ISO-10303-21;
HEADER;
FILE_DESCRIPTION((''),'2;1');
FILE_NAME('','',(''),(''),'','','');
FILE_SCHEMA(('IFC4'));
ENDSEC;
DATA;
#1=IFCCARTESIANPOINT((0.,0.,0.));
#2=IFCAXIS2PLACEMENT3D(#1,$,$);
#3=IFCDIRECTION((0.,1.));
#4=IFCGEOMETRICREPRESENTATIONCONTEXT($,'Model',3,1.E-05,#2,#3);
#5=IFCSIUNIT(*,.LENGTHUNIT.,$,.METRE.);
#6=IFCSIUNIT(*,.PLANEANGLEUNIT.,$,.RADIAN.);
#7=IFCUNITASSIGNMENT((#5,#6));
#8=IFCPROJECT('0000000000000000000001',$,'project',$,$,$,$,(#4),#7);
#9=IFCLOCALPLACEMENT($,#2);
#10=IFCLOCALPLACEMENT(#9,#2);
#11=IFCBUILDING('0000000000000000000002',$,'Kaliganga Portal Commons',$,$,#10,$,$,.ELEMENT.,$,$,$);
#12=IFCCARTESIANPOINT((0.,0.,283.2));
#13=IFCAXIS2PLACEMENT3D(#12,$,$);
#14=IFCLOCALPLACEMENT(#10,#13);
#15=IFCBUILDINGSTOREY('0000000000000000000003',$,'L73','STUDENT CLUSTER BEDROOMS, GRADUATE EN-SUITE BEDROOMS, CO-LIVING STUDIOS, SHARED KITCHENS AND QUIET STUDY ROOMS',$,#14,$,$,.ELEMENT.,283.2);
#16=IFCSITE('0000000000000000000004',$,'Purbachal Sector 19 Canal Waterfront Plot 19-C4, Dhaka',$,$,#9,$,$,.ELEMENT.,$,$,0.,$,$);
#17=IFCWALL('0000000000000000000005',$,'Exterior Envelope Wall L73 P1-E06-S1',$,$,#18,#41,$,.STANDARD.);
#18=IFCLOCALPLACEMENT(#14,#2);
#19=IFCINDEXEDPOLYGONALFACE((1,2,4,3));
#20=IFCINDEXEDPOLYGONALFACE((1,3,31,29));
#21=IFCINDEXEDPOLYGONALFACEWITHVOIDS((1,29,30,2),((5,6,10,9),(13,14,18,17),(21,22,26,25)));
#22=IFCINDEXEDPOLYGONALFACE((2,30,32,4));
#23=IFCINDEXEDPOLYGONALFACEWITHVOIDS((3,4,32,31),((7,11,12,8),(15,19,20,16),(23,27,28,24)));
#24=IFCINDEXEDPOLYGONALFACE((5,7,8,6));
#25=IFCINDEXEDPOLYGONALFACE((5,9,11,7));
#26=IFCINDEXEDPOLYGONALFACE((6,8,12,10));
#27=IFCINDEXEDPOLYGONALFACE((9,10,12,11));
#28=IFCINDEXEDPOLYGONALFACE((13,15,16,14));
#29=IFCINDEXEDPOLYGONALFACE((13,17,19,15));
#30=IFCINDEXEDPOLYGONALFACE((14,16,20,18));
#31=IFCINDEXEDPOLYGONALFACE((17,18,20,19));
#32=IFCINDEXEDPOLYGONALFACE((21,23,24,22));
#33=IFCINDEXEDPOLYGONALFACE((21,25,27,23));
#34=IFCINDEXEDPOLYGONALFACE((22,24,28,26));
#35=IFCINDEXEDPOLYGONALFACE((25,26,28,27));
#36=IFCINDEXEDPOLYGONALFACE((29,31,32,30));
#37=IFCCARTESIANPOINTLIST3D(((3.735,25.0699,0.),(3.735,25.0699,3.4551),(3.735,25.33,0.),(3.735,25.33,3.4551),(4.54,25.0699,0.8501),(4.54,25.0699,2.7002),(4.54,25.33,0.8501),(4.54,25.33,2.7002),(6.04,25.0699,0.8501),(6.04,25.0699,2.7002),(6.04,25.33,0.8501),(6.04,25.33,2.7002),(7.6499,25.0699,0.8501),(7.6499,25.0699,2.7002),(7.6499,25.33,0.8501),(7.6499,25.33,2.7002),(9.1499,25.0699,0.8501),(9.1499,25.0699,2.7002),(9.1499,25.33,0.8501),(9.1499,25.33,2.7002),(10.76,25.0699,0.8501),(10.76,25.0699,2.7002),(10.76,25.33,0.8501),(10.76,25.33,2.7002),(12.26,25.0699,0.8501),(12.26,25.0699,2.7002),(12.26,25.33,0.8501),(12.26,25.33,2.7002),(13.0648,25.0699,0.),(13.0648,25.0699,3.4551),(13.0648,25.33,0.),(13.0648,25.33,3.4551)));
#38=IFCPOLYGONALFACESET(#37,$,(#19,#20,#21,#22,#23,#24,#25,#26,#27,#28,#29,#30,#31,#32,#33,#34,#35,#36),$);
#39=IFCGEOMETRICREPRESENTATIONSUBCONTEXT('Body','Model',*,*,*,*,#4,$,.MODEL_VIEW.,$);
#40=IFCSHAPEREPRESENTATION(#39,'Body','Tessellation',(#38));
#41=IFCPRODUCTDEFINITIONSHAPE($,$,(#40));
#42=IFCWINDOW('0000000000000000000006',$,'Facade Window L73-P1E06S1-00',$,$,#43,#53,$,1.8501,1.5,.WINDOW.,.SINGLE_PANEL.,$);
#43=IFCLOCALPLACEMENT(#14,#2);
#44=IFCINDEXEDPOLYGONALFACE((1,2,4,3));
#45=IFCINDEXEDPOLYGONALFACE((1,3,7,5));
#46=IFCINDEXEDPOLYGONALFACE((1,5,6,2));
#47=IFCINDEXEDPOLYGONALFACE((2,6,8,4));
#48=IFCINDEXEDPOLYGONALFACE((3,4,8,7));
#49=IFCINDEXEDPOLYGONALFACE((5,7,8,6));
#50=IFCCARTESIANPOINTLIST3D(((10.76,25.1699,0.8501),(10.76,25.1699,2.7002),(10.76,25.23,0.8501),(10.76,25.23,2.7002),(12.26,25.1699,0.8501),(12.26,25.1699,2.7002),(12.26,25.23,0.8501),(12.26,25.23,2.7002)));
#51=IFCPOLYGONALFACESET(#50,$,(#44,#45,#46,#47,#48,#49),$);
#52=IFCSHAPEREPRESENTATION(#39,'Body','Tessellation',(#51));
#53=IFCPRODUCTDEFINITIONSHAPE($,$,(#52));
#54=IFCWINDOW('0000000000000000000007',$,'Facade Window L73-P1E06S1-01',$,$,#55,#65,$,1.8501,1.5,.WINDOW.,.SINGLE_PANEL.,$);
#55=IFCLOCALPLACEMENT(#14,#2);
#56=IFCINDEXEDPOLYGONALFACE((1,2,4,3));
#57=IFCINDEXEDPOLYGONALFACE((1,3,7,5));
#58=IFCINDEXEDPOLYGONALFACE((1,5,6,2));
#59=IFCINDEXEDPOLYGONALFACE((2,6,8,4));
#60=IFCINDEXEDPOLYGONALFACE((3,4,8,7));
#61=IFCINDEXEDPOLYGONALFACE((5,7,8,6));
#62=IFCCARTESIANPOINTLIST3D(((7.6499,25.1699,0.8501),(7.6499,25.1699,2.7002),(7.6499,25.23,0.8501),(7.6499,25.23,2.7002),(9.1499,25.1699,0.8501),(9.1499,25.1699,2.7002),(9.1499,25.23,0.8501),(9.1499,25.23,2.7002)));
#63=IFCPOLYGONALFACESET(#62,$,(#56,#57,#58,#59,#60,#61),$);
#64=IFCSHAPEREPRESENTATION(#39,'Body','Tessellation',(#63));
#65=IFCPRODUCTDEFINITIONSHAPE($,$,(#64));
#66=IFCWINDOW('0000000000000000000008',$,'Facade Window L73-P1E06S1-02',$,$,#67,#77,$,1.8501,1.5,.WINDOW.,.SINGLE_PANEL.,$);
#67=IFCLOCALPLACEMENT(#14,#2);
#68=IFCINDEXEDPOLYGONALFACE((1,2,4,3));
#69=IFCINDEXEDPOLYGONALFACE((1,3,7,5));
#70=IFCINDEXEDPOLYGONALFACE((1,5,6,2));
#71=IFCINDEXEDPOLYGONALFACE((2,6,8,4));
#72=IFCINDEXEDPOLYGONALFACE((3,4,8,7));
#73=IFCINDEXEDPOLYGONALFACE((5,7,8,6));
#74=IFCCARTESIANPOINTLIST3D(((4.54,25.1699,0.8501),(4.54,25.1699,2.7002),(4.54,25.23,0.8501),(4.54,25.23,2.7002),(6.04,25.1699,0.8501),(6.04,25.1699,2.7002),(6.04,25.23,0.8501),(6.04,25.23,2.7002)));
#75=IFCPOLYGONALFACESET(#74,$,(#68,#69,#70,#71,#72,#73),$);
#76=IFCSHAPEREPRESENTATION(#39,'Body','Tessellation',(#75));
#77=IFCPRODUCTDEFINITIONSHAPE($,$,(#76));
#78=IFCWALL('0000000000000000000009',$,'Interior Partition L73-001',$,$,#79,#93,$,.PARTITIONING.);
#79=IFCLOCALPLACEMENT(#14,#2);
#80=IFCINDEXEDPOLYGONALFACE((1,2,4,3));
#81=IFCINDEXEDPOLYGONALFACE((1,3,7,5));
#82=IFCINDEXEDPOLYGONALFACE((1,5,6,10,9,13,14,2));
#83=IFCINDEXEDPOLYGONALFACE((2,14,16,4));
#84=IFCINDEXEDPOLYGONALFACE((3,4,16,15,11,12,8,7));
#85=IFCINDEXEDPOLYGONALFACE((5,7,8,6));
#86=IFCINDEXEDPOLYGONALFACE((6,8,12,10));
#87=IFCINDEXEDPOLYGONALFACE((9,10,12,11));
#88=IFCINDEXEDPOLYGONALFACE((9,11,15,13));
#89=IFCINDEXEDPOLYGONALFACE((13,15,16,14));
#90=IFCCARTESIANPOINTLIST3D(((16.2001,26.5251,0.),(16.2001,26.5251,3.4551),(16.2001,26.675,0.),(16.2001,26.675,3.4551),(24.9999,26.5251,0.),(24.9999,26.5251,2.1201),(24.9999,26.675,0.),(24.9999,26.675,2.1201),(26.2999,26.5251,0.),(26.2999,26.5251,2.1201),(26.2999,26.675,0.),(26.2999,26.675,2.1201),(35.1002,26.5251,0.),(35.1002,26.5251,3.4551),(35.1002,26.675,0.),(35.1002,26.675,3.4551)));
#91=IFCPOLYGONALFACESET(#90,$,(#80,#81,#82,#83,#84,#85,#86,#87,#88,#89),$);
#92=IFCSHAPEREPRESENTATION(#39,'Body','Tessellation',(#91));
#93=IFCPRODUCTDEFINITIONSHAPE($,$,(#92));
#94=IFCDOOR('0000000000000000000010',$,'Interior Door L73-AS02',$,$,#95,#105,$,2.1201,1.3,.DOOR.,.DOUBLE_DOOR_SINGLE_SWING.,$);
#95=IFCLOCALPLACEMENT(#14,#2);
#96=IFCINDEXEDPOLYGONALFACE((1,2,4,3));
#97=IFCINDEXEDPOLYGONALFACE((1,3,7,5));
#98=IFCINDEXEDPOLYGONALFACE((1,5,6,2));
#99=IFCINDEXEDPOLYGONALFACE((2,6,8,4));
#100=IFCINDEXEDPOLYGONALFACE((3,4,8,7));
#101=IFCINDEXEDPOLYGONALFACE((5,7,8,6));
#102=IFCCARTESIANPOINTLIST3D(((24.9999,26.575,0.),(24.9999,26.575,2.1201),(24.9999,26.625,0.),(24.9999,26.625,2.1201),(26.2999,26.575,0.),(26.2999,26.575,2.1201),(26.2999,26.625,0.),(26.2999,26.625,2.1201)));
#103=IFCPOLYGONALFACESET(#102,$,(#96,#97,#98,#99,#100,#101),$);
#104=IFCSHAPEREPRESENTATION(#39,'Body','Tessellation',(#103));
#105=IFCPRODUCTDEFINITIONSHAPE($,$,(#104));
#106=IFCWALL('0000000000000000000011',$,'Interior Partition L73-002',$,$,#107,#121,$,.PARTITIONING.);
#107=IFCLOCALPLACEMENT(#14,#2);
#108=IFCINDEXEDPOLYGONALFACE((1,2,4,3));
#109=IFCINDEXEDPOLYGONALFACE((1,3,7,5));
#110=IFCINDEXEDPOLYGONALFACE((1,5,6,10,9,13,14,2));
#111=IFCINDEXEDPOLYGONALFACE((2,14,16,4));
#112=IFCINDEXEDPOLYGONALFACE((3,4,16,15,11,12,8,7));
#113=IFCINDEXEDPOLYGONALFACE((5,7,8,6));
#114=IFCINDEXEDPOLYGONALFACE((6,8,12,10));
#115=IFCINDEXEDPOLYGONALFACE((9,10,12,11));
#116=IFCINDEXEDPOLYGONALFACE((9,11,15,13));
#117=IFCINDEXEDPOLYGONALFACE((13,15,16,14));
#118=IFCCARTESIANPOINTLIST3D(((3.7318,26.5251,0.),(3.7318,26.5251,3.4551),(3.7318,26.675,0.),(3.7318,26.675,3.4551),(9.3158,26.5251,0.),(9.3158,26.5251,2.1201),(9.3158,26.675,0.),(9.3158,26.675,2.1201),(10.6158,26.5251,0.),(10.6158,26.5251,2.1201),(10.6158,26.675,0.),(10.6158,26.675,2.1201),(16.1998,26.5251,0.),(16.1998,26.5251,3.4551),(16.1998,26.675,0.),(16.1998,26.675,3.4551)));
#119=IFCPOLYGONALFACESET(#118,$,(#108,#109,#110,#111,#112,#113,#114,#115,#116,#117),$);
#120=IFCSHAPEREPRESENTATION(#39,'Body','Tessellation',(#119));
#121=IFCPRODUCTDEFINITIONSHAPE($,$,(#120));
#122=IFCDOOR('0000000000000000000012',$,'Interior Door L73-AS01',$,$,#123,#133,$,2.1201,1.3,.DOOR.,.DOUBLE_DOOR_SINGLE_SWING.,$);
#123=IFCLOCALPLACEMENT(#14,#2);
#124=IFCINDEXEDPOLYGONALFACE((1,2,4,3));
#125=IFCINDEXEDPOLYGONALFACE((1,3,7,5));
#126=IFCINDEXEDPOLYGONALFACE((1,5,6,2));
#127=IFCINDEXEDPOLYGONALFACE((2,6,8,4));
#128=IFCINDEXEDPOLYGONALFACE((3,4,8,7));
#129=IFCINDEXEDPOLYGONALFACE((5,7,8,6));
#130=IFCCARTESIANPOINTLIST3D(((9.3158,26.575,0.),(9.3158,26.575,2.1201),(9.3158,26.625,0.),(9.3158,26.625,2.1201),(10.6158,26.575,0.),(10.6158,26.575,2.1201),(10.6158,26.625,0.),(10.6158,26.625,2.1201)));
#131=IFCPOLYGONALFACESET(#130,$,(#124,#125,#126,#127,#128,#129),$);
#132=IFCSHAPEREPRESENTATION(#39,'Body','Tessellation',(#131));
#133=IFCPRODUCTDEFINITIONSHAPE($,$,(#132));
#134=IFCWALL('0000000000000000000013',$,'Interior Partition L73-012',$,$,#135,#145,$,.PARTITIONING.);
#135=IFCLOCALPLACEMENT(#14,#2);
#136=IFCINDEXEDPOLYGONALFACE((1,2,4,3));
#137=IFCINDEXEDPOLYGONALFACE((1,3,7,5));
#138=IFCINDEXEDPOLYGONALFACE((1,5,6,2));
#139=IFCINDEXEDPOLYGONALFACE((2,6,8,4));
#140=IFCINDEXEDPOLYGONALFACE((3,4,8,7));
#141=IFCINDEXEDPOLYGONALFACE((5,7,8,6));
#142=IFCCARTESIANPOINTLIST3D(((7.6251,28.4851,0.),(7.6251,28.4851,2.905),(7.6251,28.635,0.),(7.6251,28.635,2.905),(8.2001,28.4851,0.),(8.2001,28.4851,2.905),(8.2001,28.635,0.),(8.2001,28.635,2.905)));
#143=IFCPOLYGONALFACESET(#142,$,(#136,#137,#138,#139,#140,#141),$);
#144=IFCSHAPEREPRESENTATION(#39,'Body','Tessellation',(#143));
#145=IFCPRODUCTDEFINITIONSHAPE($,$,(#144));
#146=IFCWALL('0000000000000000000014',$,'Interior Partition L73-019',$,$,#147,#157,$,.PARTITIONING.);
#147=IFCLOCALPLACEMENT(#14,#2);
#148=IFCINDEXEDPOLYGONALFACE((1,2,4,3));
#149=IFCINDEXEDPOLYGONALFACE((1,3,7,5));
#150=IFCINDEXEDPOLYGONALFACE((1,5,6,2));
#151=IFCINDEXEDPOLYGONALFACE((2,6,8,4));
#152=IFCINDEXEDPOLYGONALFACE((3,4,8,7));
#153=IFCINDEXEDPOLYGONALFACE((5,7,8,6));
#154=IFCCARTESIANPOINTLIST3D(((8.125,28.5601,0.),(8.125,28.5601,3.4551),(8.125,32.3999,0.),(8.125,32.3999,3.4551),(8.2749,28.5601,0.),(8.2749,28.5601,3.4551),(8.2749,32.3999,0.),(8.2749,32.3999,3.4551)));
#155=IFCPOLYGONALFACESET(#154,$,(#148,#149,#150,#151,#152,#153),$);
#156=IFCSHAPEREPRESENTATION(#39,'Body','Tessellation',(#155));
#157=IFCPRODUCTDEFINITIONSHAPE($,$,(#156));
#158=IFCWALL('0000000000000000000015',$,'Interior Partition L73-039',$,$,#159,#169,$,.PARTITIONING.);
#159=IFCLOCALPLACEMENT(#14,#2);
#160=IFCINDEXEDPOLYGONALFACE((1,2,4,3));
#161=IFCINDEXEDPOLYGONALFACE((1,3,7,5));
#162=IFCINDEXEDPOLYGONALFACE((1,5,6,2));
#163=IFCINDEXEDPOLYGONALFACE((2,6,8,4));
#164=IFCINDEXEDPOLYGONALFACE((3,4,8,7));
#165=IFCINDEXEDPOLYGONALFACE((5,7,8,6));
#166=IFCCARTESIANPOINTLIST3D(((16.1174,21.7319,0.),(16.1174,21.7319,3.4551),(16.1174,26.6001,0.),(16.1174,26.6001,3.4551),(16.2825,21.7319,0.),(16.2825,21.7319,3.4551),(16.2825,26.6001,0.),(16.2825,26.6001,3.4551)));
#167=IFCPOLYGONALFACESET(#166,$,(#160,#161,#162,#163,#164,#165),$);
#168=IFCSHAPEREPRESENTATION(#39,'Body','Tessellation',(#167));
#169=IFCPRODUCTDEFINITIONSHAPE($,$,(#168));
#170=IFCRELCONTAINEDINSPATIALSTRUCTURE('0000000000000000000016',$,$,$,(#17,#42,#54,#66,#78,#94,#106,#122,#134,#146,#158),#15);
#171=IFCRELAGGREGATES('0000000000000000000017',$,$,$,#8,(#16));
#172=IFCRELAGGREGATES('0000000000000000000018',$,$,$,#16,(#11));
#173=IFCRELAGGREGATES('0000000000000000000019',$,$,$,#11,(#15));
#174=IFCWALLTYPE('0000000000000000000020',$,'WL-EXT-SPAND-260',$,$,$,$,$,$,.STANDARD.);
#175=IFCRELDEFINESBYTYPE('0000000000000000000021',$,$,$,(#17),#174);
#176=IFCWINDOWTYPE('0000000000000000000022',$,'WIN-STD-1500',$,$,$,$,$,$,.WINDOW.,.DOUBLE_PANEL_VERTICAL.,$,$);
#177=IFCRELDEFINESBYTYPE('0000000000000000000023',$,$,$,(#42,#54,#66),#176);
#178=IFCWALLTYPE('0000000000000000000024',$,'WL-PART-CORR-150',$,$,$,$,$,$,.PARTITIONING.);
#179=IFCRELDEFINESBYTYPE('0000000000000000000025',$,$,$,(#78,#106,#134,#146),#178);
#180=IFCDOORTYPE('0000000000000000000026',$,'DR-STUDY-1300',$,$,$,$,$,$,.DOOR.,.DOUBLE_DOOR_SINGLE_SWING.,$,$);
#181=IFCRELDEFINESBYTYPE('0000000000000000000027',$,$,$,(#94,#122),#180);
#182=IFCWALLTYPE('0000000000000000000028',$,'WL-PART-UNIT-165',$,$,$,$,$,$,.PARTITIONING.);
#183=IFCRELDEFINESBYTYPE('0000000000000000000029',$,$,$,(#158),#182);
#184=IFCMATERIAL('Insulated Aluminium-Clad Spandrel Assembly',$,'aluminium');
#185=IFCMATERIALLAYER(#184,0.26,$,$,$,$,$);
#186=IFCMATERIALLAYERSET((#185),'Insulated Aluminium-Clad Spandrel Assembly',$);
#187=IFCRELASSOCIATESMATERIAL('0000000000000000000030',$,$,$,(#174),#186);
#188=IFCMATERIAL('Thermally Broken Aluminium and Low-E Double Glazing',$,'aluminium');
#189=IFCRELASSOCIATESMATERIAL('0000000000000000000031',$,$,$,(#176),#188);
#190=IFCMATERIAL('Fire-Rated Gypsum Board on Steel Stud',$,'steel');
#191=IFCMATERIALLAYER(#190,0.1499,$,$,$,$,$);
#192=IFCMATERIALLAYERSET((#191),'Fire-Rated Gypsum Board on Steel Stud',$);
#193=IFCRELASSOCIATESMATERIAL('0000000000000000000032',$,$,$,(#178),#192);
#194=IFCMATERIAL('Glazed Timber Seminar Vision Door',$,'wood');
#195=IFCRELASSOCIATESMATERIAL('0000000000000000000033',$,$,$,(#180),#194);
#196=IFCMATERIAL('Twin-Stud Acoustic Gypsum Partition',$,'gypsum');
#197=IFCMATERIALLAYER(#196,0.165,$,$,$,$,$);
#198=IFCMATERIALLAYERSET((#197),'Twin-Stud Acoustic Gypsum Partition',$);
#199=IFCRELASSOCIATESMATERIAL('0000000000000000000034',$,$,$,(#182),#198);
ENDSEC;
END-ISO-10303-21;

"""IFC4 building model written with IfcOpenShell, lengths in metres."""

from ifc_helpers import new_model, si_unit, direction, frame, frame_2d, origin, place, context, subcontext, project, spatial, rectangle, extrude, material, layer, layer_set, type_object, element, fill, save


model = new_model("IFC4")

# Units and contexts
model_context = context("Model", 3, precision=1e-05, world=origin(), true_north=direction((0.0, 1.0)))
body_context = subcontext(model_context, "Body", "Model", "MODEL_VIEW")
ifc_project = project(units=[si_unit("LENGTHUNIT", "METRE"), si_unit("PLANEANGLEUNIT", "RADIAN")], contexts=[model_context])

# Site, building, storey
site_placement = place(None, origin())
site = spatial("IfcSite", under=ifc_project, at=site_placement, Name="Purbachal Sector 19 Canal Waterfront Plot 19-C4, Dhaka", CompositionType="ELEMENT", RefElevation=0.0)
building_placement = place(site_placement, origin())
building = spatial("IfcBuilding", under=site, at=building_placement, Name="Kaliganga Portal Commons", CompositionType="ELEMENT")
storey_placement = place(building_placement, frame((0.0, 0.0, 283.2)))
storey = spatial("IfcBuildingStorey", under=building, at=storey_placement, Name="L73", Description="STUDENT CLUSTER BEDROOMS, GRADUATE EN-SUITE BEDROOMS, CO-LIVING STUDIOS, SHARED KITCHENS AND QUIET STUDY ROOMS", CompositionType="ELEMENT", Elevation=283.2)

# Shared definitions
ifc_material_1 = material(Name="Insulated Aluminium-Clad Spandrel Assembly", Category="aluminium")
ifc_layer_1 = layer(ifc_material_1, 0.26)
ifc_layer_set_1 = layer_set([ifc_layer_1], Name="Insulated Aluminium-Clad Spandrel Assembly")
wall_type_1 = type_object("IfcWallType", Name="WL-EXT-SPAND-260", PredefinedType="STANDARD", material=ifc_layer_set_1)
ifc_material_2 = material(Name="Thermally Broken Aluminium and Low-E Double Glazing", Category="aluminium")

# Wall, openings, windows
wall_1_placement = place(storey_placement, frame((13.0649, 25.2, 0.0), z_axis=(0.0, 0.0, 1.0), x_axis=(-1.0, 0.0, 0.0)))
wall_1 = element("IfcWall", 1, at=wall_1_placement, inside=storey, type_object=wall_type_1, Name="Exterior Envelope Wall L73 P1-E06-S1", PredefinedType="STANDARD", context=body_context, shape_type="SweptSolid", body=[
    extrude(rectangle(XDim=9.3298, YDim=0.26, at=frame_2d((4.665, 0.0))), origin(), (0.0, 0.0, 1.0), 3.4551),
])
opening_1_placement = place(wall_1_placement, frame((0.8049, 0.0, 0.8501)))
opening_1 = element("IfcOpeningElement", 2, at=opening_1_placement, cuts=wall_1, PredefinedType="OPENING", context=body_context, shape_type="SweptSolid", body=[
    extrude(rectangle(XDim=1.5, YDim=1.8501, at=frame_2d((0.75, 0.925))), frame((0.0, 0.1401, 0.0), z_axis=(0.0, -1.0, 0.0), x_axis=(1.0, 0.0, 0.0)), (0.0, 0.0, 1.0), 0.28),
])
opening_2_placement = place(wall_1_placement, frame((3.915, 0.0, 0.8501)))
opening_2 = element("IfcOpeningElement", 3, at=opening_2_placement, cuts=wall_1, PredefinedType="OPENING", context=body_context, shape_type="SweptSolid", body=[
    extrude(rectangle(XDim=1.5, YDim=1.8501, at=frame_2d((0.75, 0.925))), frame((0.0, 0.1401, 0.0), z_axis=(0.0, -1.0, 0.0), x_axis=(1.0, 0.0, 0.0)), (0.0, 0.0, 1.0), 0.28),
])
opening_3_placement = place(wall_1_placement, frame((7.0249, 0.0, 0.8501)))
opening_3 = element("IfcOpeningElement", 4, at=opening_3_placement, cuts=wall_1, PredefinedType="OPENING", context=body_context, shape_type="SweptSolid", body=[
    extrude(rectangle(XDim=1.5, YDim=1.8501, at=frame_2d((0.75, 0.925))), frame((0.0, 0.1401, 0.0), z_axis=(0.0, -1.0, 0.0), x_axis=(1.0, 0.0, 0.0)), (0.0, 0.0, 1.0), 0.28),
])
window_type_1 = type_object("IfcWindowType", Name="WIN-STD-1500", PartitioningType="DOUBLE_PANEL_VERTICAL", PredefinedType="WINDOW", material=ifc_material_2)
window_1_placement = place(opening_1_placement, origin())
window_1 = element("IfcWindow", 5, at=window_1_placement, inside=storey, type_object=window_type_1, Name="Facade Window L73-P1E06S1-00", OverallHeight=1.8501, OverallWidth=1.5, PartitioningType="SINGLE_PANEL", PredefinedType="WINDOW", context=body_context, shape_type="SweptSolid", body=[
    extrude(rectangle(XDim=1.5, YDim=1.8501, at=frame_2d((0.75, 0.925))), frame((0.0, 0.03, 0.0), z_axis=(0.0, -1.0, 0.0), x_axis=(1.0, 0.0, 0.0)), (0.0, 0.0, 1.0), 0.0601),
])
fill(opening_1, window_1)
window_2_placement = place(opening_2_placement, origin())
window_2 = element("IfcWindow", 6, at=window_2_placement, inside=storey, type_object=window_type_1, Name="Facade Window L73-P1E06S1-01", OverallHeight=1.8501, OverallWidth=1.5, PartitioningType="SINGLE_PANEL", PredefinedType="WINDOW", context=body_context, shape_type="SweptSolid", body=[
    extrude(rectangle(XDim=1.5, YDim=1.8501, at=frame_2d((0.75, 0.925))), frame((0.0, 0.03, 0.0), z_axis=(0.0, -1.0, 0.0), x_axis=(1.0, 0.0, 0.0)), (0.0, 0.0, 1.0), 0.0601),
])
fill(opening_2, window_2)
window_3_placement = place(opening_3_placement, origin())
window_3 = element("IfcWindow", 7, at=window_3_placement, inside=storey, type_object=window_type_1, Name="Facade Window L73-P1E06S1-02", OverallHeight=1.8501, OverallWidth=1.5, PartitioningType="SINGLE_PANEL", PredefinedType="WINDOW", context=body_context, shape_type="SweptSolid", body=[
    extrude(rectangle(XDim=1.5, YDim=1.8501, at=frame_2d((0.75, 0.925))), frame((0.0, 0.03, 0.0), z_axis=(0.0, -1.0, 0.0), x_axis=(1.0, 0.0, 0.0)), (0.0, 0.0, 1.0), 0.0601),
])
fill(opening_3, window_3)

# Walls, openings, doors
ifc_material_3 = material(Name="Fire-Rated Gypsum Board on Steel Stud", Category="steel")
ifc_layer_2 = layer(ifc_material_3, 0.1499)
ifc_layer_set_2 = layer_set([ifc_layer_2], Name="Fire-Rated Gypsum Board on Steel Stud")
wall_type_2 = type_object("IfcWallType", Name="WL-PART-CORR-150", PredefinedType="PARTITIONING", material=ifc_layer_set_2)
wall_2_placement = place(storey_placement, frame((16.2, 26.6001, 0.0), z_axis=(0.0, 0.0, 1.0), x_axis=(1.0, 0.0, 0.0)))
wall_2 = element("IfcWall", 8, at=wall_2_placement, inside=storey, type_object=wall_type_2, Name="Interior Partition L73-001", PredefinedType="PARTITIONING", context=body_context, shape_type="SweptSolid", body=[
    extrude(rectangle(XDim=18.9001, YDim=0.1499, at=frame_2d((9.4502, 0.0))), origin(), (0.0, 0.0, 1.0), 3.4551),
])
opening_4_placement = place(wall_2_placement, frame((8.8, 0.0, 0.0)))
opening_4 = element("IfcOpeningElement", 9, at=opening_4_placement, cuts=wall_2, PredefinedType="OPENING", context=body_context, shape_type="SweptSolid", body=[
    extrude(rectangle(XDim=1.3, YDim=2.1201, at=frame_2d((0.6499, 1.0601))), frame((0.0, 0.085, 0.0), z_axis=(0.0, -1.0, 0.0), x_axis=(1.0, 0.0, 0.0)), (0.0, 0.0, 1.0), 0.1699),
])
ifc_material_4 = material(Name="Glazed Timber Seminar Vision Door", Category="wood")
door_type = type_object("IfcDoorType", Name="DR-STUDY-1300", OperationType="DOUBLE_DOOR_SINGLE_SWING", PredefinedType="DOOR", material=ifc_material_4)
door_1_placement = place(opening_4_placement, origin())
door_1 = element("IfcDoor", 10, at=door_1_placement, inside=storey, type_object=door_type, Name="Interior Door L73-AS02", OperationType="DOUBLE_DOOR_SINGLE_SWING", OverallHeight=2.1201, OverallWidth=1.3, PredefinedType="DOOR", context=body_context, shape_type="SweptSolid", body=[
    extrude(rectangle(XDim=1.3, YDim=2.1201, at=frame_2d((0.6499, 1.0601))), frame((0.0, 0.0249, 0.0), z_axis=(0.0, -1.0, 0.0), x_axis=(1.0, 0.0, 0.0)), (0.0, 0.0, 1.0), 0.05),
])
fill(opening_4, door_1)
wall_3_placement = place(storey_placement, frame((3.7319, 26.6001, 0.0), z_axis=(0.0, 0.0, 1.0), x_axis=(1.0, 0.0, 0.0)))
wall_3 = element("IfcWall", 11, at=wall_3_placement, inside=storey, type_object=wall_type_2, Name="Interior Partition L73-002", PredefinedType="PARTITIONING", context=body_context, shape_type="SweptSolid", body=[
    extrude(rectangle(XDim=12.468, YDim=0.1499, at=frame_2d((6.2339, 0.0))), origin(), (0.0, 0.0, 1.0), 3.4551),
])
opening_5_placement = place(wall_3_placement, frame((5.584, 0.0, 0.0)))
opening_5 = element("IfcOpeningElement", 12, at=opening_5_placement, cuts=wall_3, PredefinedType="OPENING", context=body_context, shape_type="SweptSolid", body=[
    extrude(rectangle(XDim=1.3, YDim=2.1201, at=frame_2d((0.6499, 1.0601))), frame((0.0, 0.085, 0.0), z_axis=(0.0, -1.0, 0.0), x_axis=(1.0, 0.0, 0.0)), (0.0, 0.0, 1.0), 0.1699),
])
door_2_placement = place(opening_5_placement, origin())
door_2 = element("IfcDoor", 13, at=door_2_placement, inside=storey, type_object=door_type, Name="Interior Door L73-AS01", OperationType="DOUBLE_DOOR_SINGLE_SWING", OverallHeight=2.1201, OverallWidth=1.3, PredefinedType="DOOR", context=body_context, shape_type="SweptSolid", body=[
    extrude(rectangle(XDim=1.3, YDim=2.1201, at=frame_2d((0.6499, 1.0601))), frame((0.0, 0.0249, 0.0), z_axis=(0.0, -1.0, 0.0), x_axis=(1.0, 0.0, 0.0)), (0.0, 0.0, 1.0), 0.05),
])
fill(opening_5, door_2)

# Walls
wall_4_placement = place(storey_placement, frame((7.625, 28.5601, 0.0), z_axis=(0.0, 0.0, 1.0), x_axis=(1.0, 0.0, 0.0)))
element("IfcWall", 14, at=wall_4_placement, inside=storey, type_object=wall_type_2, Name="Interior Partition L73-012", PredefinedType="PARTITIONING", context=body_context, shape_type="SweptSolid", body=[
    extrude(rectangle(XDim=0.575, YDim=0.1499, at=frame_2d((0.2876, 0.0))), origin(), (0.0, 0.0, 1.0), 2.905),
])
wall_5_placement = place(storey_placement, frame((8.2, 28.5601, 0.0), z_axis=(0.0, 0.0, 1.0), x_axis=(0.0, 1.0, 0.0)))
element("IfcWall", 15, at=wall_5_placement, inside=storey, type_object=wall_type_2, Name="Interior Partition L73-019", PredefinedType="PARTITIONING", context=body_context, shape_type="SweptSolid", body=[
    extrude(rectangle(XDim=3.8398, YDim=0.1499, at=frame_2d((1.9199, 0.0))), origin(), (0.0, 0.0, 1.0), 3.4551),
])
ifc_material_5 = material(Name="Twin-Stud Acoustic Gypsum Partition", Category="gypsum")
ifc_layer_3 = layer(ifc_material_5, 0.165)
ifc_layer_set_3 = layer_set([ifc_layer_3], Name="Twin-Stud Acoustic Gypsum Partition")
wall_type_3 = type_object("IfcWallType", Name="WL-PART-UNIT-165", PredefinedType="PARTITIONING", material=ifc_layer_set_3)
wall_6_placement = place(storey_placement, frame((16.2, 21.7319, 0.0), z_axis=(0.0, 0.0, 1.0), x_axis=(0.0, 1.0, 0.0)))
element("IfcWall", 16, at=wall_6_placement, inside=storey, type_object=wall_type_3, Name="Interior Partition L73-039", PredefinedType="PARTITIONING", context=body_context, shape_type="SweptSolid", body=[
    extrude(rectangle(XDim=4.8682, YDim=0.165, at=frame_2d((2.4341, 0.0))), origin(), (0.0, 0.0, 1.0), 3.4551),
])

save(model, "model.ifc")
